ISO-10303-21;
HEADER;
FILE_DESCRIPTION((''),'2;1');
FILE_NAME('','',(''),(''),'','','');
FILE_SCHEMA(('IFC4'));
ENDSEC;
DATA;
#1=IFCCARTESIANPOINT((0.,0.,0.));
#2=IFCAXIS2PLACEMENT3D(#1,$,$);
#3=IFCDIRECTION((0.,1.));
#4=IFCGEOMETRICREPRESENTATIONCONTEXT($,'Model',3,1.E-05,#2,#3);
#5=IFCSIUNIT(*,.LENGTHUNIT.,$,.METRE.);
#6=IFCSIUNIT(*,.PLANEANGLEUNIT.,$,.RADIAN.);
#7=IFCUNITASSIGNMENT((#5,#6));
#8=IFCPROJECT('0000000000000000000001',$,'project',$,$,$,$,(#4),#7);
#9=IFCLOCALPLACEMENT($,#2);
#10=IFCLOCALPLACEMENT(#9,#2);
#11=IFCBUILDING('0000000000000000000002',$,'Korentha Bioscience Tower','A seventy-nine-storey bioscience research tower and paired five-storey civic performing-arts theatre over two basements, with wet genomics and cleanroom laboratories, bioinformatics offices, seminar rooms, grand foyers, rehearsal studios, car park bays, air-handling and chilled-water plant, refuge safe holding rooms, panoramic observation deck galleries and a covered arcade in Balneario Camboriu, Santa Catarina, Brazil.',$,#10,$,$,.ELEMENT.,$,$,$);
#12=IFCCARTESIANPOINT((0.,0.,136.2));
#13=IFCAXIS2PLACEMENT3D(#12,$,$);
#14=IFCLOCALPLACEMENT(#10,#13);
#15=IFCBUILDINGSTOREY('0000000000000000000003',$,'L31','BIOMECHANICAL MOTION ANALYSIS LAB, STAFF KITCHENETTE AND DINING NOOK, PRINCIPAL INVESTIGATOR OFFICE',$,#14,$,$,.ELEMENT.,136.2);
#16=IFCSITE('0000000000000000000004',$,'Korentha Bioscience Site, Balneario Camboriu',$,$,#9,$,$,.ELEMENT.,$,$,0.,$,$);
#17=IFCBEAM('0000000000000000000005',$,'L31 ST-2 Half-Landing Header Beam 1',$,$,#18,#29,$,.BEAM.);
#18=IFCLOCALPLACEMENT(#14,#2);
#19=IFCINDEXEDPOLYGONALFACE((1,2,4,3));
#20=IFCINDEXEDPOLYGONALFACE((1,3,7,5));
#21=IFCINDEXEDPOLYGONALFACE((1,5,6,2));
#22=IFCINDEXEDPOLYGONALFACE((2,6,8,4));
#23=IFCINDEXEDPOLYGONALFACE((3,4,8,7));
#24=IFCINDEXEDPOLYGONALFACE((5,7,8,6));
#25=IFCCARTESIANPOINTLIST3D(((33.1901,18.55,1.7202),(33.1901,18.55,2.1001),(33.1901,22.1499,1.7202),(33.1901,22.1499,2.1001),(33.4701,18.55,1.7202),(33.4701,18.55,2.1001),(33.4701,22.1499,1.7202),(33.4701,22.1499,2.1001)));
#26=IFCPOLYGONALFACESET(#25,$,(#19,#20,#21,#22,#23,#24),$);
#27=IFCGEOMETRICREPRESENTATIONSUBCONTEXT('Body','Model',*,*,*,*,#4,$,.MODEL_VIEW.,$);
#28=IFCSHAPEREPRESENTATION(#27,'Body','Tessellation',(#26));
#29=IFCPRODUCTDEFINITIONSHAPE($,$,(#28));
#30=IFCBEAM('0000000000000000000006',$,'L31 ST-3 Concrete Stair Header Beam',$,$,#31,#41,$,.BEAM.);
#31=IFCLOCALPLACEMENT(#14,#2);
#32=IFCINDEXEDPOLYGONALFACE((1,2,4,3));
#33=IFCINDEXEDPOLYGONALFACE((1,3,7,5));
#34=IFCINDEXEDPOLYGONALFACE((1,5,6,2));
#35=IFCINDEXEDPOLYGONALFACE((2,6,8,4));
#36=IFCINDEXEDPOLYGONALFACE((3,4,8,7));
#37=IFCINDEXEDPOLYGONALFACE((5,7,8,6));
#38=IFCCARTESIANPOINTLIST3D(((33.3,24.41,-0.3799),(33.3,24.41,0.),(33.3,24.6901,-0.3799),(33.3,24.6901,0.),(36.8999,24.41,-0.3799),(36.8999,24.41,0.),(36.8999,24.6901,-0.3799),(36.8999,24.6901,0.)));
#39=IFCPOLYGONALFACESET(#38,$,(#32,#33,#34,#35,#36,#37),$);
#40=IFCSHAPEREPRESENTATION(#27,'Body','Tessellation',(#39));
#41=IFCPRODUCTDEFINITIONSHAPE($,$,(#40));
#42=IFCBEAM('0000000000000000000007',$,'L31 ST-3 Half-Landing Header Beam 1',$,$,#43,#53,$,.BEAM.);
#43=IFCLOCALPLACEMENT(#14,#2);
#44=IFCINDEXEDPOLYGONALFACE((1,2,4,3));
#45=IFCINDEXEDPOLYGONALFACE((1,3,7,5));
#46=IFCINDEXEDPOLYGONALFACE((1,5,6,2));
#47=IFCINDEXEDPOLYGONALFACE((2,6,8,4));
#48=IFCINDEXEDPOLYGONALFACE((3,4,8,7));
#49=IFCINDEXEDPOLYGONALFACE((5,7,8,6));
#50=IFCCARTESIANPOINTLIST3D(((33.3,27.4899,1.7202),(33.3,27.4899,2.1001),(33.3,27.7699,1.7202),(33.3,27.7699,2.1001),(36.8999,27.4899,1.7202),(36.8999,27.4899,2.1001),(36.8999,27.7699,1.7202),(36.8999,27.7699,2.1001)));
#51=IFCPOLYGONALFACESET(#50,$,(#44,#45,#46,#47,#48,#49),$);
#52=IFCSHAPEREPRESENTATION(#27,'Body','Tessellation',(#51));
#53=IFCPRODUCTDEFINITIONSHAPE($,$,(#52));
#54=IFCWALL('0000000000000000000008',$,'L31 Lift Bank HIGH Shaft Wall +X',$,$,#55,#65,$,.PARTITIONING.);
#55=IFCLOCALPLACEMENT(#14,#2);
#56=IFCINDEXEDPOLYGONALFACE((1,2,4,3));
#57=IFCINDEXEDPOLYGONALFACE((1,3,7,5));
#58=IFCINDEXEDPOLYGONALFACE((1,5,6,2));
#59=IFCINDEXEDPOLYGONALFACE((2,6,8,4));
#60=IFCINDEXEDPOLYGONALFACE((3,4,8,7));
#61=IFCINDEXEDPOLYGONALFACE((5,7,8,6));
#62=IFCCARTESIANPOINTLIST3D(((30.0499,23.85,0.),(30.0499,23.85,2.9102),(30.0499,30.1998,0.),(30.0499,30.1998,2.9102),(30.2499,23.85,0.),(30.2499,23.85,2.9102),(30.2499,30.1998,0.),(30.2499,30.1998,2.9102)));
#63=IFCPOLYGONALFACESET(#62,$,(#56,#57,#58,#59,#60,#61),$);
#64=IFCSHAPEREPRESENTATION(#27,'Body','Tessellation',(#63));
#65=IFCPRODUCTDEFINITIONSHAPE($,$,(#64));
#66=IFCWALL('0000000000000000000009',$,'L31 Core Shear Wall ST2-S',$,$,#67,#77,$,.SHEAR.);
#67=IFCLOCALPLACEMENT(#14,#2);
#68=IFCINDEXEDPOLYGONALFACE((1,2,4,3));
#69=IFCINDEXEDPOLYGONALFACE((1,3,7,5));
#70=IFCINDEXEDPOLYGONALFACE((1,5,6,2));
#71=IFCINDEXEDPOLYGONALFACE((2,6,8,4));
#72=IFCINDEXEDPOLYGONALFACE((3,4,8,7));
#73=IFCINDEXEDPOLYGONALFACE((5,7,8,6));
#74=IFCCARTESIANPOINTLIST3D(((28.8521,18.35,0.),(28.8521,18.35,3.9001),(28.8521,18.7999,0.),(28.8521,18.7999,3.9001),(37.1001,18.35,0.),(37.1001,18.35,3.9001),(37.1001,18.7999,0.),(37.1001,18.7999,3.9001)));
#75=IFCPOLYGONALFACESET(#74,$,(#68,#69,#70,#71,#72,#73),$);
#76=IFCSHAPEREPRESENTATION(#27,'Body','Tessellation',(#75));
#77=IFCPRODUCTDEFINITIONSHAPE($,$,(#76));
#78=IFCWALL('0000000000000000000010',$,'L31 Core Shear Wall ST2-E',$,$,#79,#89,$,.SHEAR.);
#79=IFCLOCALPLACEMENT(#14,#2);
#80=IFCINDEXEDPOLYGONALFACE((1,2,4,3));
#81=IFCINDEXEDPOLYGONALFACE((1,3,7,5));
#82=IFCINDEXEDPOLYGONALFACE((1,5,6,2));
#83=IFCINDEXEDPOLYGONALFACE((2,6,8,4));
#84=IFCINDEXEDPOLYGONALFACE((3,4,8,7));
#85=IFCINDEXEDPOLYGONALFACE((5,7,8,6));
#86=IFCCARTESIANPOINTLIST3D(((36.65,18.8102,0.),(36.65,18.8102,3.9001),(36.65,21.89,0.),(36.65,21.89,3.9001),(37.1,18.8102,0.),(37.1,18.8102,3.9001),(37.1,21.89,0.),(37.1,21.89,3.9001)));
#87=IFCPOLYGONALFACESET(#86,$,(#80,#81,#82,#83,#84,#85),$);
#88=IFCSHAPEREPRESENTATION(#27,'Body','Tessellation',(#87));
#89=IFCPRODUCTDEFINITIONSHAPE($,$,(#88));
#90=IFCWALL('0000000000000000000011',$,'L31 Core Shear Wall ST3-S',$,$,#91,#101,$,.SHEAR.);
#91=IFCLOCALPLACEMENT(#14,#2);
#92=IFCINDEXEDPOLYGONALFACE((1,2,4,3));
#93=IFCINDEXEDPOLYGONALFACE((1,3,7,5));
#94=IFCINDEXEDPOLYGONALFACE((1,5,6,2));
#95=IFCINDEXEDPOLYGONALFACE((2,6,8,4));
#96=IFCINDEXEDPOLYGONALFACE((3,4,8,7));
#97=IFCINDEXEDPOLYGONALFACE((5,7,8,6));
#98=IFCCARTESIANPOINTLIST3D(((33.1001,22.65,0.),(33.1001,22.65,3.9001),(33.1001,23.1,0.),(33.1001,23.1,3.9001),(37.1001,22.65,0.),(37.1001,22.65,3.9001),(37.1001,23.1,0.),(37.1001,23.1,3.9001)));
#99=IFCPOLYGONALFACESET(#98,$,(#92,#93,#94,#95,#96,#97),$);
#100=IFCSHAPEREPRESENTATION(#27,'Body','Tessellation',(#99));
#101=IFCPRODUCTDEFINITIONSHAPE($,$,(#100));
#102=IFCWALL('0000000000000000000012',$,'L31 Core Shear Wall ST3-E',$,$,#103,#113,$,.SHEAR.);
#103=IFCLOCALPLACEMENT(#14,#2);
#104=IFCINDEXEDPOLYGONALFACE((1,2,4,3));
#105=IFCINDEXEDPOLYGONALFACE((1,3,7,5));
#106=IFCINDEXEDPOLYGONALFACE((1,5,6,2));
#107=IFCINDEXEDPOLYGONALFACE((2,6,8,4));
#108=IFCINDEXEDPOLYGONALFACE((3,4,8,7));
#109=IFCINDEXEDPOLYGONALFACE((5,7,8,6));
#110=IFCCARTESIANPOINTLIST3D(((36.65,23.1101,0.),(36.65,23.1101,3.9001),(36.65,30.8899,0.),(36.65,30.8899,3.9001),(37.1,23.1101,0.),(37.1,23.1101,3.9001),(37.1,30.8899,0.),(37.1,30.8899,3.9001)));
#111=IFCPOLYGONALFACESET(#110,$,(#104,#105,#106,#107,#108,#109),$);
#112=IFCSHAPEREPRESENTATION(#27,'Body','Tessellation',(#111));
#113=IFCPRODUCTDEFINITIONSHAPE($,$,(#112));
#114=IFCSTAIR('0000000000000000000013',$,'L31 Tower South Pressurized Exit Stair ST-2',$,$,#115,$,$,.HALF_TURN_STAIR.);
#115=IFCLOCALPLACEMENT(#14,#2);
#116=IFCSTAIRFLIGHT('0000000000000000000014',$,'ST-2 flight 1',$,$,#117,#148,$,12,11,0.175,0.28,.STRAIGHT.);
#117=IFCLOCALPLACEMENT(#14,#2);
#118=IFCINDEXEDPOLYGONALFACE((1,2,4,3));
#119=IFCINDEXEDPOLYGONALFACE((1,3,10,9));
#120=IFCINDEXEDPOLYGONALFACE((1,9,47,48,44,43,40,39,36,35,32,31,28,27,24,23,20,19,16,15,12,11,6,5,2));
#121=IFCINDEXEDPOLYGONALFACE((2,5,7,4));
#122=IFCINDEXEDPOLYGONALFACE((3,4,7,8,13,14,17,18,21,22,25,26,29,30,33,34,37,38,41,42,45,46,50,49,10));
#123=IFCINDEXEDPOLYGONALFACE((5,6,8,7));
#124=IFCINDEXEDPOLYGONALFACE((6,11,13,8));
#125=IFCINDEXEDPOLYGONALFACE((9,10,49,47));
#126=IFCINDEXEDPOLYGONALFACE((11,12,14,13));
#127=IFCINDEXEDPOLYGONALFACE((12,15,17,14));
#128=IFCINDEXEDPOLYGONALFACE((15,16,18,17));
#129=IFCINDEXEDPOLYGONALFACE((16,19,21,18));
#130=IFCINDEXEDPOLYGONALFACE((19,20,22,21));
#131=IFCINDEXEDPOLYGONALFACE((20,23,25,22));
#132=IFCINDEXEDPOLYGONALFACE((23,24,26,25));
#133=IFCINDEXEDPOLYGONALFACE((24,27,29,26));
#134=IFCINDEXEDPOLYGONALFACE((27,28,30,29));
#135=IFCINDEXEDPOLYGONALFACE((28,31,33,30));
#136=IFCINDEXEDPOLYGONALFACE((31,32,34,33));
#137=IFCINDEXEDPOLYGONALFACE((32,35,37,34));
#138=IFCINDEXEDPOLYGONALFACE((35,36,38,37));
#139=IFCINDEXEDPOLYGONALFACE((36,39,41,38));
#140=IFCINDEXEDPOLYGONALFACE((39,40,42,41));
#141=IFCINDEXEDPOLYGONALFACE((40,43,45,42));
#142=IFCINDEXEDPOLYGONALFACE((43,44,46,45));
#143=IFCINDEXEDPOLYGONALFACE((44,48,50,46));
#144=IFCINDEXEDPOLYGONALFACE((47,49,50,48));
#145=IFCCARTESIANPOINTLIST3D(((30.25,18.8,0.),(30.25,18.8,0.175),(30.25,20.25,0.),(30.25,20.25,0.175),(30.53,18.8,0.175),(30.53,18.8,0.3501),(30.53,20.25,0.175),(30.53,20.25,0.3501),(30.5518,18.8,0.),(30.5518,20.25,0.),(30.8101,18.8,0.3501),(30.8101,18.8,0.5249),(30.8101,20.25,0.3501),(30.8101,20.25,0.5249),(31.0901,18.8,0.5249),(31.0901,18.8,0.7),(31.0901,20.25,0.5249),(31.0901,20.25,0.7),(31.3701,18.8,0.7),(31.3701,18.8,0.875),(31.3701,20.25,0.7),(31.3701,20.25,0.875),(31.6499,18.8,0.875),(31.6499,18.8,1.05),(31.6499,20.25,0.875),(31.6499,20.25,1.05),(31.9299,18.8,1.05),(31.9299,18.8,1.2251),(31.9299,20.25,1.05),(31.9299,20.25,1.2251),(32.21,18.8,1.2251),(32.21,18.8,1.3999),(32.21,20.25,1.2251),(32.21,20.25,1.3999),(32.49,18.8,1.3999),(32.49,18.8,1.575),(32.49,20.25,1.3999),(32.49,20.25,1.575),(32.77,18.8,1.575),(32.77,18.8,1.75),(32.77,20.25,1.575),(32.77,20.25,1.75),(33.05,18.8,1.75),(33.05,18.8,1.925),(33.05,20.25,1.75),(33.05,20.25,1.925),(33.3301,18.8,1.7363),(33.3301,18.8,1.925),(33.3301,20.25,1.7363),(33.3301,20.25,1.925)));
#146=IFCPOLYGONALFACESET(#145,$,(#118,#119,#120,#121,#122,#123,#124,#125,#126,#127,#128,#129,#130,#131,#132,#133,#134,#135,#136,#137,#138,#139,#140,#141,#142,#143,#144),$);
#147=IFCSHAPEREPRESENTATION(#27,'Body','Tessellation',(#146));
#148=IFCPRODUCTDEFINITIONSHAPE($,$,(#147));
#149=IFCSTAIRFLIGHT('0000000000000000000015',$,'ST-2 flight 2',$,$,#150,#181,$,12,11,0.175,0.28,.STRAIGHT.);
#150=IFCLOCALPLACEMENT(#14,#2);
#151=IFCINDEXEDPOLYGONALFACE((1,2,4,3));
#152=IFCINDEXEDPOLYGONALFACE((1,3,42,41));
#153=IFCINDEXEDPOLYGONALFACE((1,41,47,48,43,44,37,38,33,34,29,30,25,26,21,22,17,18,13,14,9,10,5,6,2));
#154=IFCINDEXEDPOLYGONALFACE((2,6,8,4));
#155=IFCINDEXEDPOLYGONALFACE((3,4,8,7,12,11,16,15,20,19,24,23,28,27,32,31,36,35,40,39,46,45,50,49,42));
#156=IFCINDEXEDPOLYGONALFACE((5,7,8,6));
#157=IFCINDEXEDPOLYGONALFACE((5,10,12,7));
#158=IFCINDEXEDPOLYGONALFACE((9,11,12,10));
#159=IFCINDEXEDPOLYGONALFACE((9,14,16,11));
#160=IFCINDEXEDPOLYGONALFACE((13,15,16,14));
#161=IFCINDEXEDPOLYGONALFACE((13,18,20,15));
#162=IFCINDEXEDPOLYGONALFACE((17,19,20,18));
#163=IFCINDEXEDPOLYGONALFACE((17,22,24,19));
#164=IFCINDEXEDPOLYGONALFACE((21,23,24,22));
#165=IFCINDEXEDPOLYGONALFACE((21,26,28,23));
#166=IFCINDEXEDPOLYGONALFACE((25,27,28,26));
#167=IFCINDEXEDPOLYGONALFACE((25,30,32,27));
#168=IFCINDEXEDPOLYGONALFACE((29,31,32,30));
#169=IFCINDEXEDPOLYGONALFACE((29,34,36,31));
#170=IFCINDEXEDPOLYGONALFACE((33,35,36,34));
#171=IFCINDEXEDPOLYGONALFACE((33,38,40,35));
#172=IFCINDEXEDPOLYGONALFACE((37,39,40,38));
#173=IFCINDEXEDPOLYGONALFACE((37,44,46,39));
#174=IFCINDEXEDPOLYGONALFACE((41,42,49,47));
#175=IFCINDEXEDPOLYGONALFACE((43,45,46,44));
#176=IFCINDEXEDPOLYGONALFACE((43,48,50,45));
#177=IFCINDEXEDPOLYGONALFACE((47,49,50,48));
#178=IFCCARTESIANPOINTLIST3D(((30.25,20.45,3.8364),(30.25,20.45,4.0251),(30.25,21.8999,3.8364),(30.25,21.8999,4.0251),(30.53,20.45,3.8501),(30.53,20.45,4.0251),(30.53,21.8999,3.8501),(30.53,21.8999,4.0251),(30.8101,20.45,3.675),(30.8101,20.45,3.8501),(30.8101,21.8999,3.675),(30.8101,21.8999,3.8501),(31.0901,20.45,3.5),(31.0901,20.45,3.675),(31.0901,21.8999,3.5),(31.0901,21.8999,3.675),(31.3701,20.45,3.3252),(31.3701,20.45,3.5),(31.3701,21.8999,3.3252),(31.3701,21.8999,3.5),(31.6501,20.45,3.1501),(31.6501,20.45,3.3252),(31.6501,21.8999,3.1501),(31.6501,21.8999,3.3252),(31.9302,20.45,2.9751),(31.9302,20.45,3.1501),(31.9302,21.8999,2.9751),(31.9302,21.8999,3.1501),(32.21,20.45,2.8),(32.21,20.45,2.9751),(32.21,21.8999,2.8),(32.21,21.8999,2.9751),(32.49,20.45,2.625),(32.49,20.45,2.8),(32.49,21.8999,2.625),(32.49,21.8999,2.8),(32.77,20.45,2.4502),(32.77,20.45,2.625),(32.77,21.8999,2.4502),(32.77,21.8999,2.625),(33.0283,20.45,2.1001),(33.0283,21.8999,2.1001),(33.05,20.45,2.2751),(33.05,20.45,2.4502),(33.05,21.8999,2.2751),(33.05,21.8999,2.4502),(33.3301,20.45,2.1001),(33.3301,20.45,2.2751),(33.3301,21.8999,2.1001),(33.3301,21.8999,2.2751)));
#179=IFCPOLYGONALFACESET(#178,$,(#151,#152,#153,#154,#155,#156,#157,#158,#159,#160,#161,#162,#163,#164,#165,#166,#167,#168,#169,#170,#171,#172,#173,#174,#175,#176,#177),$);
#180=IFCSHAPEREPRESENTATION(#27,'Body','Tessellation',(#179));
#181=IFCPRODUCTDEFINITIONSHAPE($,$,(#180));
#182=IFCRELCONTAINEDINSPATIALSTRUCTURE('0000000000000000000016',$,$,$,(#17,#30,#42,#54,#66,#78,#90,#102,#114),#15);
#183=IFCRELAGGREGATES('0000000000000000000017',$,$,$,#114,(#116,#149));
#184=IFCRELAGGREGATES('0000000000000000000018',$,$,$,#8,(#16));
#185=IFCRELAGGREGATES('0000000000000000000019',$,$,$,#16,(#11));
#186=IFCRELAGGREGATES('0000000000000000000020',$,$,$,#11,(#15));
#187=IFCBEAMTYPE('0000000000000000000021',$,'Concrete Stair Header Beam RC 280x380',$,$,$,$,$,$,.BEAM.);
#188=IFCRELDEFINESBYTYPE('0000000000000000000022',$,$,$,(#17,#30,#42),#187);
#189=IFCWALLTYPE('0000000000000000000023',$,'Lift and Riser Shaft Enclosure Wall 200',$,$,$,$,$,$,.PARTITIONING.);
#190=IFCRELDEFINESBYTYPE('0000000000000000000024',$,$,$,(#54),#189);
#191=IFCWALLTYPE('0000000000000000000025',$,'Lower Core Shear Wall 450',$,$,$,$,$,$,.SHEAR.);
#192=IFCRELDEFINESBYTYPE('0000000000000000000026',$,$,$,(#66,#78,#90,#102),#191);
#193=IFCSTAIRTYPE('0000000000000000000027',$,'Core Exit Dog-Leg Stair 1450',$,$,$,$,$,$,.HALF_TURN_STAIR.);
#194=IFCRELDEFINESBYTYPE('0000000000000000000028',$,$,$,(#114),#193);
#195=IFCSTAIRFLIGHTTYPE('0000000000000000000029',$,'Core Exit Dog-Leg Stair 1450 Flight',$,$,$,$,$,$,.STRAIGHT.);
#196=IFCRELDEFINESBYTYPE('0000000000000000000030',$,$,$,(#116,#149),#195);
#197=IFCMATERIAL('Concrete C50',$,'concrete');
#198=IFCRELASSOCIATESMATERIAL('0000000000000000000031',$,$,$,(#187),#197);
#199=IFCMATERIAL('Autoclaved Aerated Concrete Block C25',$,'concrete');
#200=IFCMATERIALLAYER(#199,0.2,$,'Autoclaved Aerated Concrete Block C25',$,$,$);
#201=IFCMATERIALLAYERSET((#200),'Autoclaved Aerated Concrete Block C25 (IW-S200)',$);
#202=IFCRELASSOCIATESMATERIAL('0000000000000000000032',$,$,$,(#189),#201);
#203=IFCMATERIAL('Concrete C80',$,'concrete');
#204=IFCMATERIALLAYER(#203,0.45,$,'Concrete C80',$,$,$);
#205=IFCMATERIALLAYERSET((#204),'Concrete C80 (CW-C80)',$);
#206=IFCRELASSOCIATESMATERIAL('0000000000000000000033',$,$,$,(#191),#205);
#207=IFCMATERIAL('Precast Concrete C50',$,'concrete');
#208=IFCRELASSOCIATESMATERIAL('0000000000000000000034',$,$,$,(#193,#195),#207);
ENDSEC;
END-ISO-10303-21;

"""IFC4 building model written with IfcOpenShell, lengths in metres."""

from ifc_helpers import new_model, si_unit, direction, frame, frame_2d, origin, origin_2d, place, context, subcontext, project, spatial, polyline, rectangle, outline, extrude, material, layer, layer_set, material_profile, profile_set, type_object, element, aggregate, save


model = new_model("IFC4")

# Units and contexts
model_context = context("Model", 3, precision=1e-05, world=origin(), true_north=direction((0.0, 1.0)))
body_context = subcontext(model_context, "Body", "Model", "MODEL_VIEW")
ifc_project = project(units=[si_unit("LENGTHUNIT", "METRE"), si_unit("PLANEANGLEUNIT", "RADIAN")], contexts=[model_context])

# Site, building, storey
site_placement = place(None, origin())
site = spatial("IfcSite", under=ifc_project, at=site_placement, Name="Korentha Bioscience Site, Balneario Camboriu", CompositionType="ELEMENT", RefElevation=0.0)
building_placement = place(site_placement, origin())
building = spatial("IfcBuilding", under=site, at=building_placement, Name="Korentha Bioscience Tower", Description="A seventy-nine-storey bioscience research tower and paired five-storey civic performing-arts theatre over two basements, with wet genomics and cleanroom laboratories, bioinformatics offices, seminar rooms, grand foyers, rehearsal studios, car park bays, air-handling and chilled-water plant, refuge safe holding rooms, panoramic observation deck galleries and a covered arcade in Balneario Camboriu, Santa Catarina, Brazil.", CompositionType="ELEMENT")
storey_placement = place(building_placement, frame((0.0, 0.0, 136.2)))
storey = spatial("IfcBuildingStorey", under=building, at=storey_placement, Name="L31", Description="BIOMECHANICAL MOTION ANALYSIS LAB, STAFF KITCHENETTE AND DINING NOOK, PRINCIPAL INVESTIGATOR OFFICE", CompositionType="ELEMENT", Elevation=136.2)

# Beams
ifc_material_1 = material(Name="Concrete C50", Category="concrete")
ifc_material_profile = material_profile(ifc_material_1, rectangle(XDim=0.28, YDim=0.3799, at=origin_2d()), Name="Concrete C50")
ifc_profile_set = profile_set([ifc_material_profile], Name="Concrete C50 (ST-HB380)")
beam_type = type_object("IfcBeamType", Name="Concrete Stair Header Beam RC 280x380", PredefinedType="BEAM", material=ifc_profile_set)
for number, where, z_axis, x_axis, name in (
    (1, (33.3301, 18.55, 1.9102), (0.0, 1.0, 0.0), (-1.0, 0.0, 0.0), "L31 ST-2 Half-Landing Header Beam 1"),
    (2, (36.8999, 24.55, -0.1899), (-1.0, 0.0, 0.0), (0.0, -1.0, 0.0), "L31 ST-3 Concrete Stair Header Beam"),
    (3, (36.8999, 27.6299, 1.9102), (-1.0, 0.0, 0.0), (0.0, -1.0, 0.0), "L31 ST-3 Half-Landing Header Beam 1"),
):
    element("IfcBeam", number, at=place(storey_placement, frame(where, z_axis=z_axis, x_axis=x_axis)), inside=storey, type_object=beam_type, Name=name, PredefinedType="BEAM", context=body_context, shape_type="SweptSolid", body=[
        extrude(rectangle(XDim=0.28, YDim=0.3799, at=origin_2d()), origin(), (0.0, 0.0, 1.0), 3.5999),
    ])

# Walls
ifc_material_2 = material(Name="Autoclaved Aerated Concrete Block C25", Category="concrete")
ifc_layer_1 = layer(ifc_material_2, 0.2, Name="Autoclaved Aerated Concrete Block C25")
ifc_layer_set_1 = layer_set([ifc_layer_1], Name="Autoclaved Aerated Concrete Block C25 (IW-S200)")
wall_type_1 = type_object("IfcWallType", Name="Lift and Riser Shaft Enclosure Wall 200", PredefinedType="PARTITIONING", material=ifc_layer_set_1)
wall_1_placement = place(storey_placement, frame((30.1499, 23.8501, 0.0), z_axis=(0.0, 0.0, 1.0), x_axis=(0.0, 1.0, 0.0)))
element("IfcWall", 4, at=wall_1_placement, inside=storey, type_object=wall_type_1, Name="L31 Lift Bank HIGH Shaft Wall +X", PredefinedType="PARTITIONING", context=body_context, shape_type="SweptSolid", body=[
    extrude(rectangle(XDim=6.3499, YDim=0.2, at=frame_2d((3.1748, 0.0))), origin(), (0.0, 0.0, 1.0), 2.9102),
])
ifc_material_3 = material(Name="Concrete C80", Category="concrete")
ifc_layer_2 = layer(ifc_material_3, 0.45, Name="Concrete C80")
ifc_layer_set_2 = layer_set([ifc_layer_2], Name="Concrete C80 (CW-C80)")
wall_type_2 = type_object("IfcWallType", Name="Lower Core Shear Wall 450", PredefinedType="SHEAR", material=ifc_layer_set_2)
wall_2_placement = place(storey_placement, frame((28.8521, 18.575, 0.0), z_axis=(0.0, 0.0, 1.0), x_axis=(1.0, 0.0, 0.0)))
element("IfcWall", 5, at=wall_2_placement, inside=storey, type_object=wall_type_2, Name="L31 Core Shear Wall ST2-S", PredefinedType="SHEAR", context=body_context, shape_type="SweptSolid", body=[
    extrude(rectangle(XDim=8.248, YDim=0.45, at=frame_2d((4.124, 0.0))), origin(), (0.0, 0.0, 1.0), 3.9001),
])
wall_3_placement = place(storey_placement, frame((36.875, 18.8101, 0.0), z_axis=(0.0, 0.0, 1.0), x_axis=(0.0, 1.0, 0.0)))
element("IfcWall", 6, at=wall_3_placement, inside=storey, type_object=wall_type_2, Name="L31 Core Shear Wall ST2-E", PredefinedType="SHEAR", context=body_context, shape_type="SweptSolid", body=[
    extrude(rectangle(XDim=3.0798, YDim=0.45, at=frame_2d((1.54, 0.0))), origin(), (0.0, 0.0, 1.0), 3.9001),
])
wall_4_placement = place(storey_placement, frame((33.1001, 22.875, 0.0), z_axis=(0.0, 0.0, 1.0), x_axis=(1.0, 0.0, 0.0)))
element("IfcWall", 7, at=wall_4_placement, inside=storey, type_object=wall_type_2, Name="L31 Core Shear Wall ST3-S", PredefinedType="SHEAR", context=body_context, shape_type="SweptSolid", body=[
    extrude(rectangle(XDim=4.0, YDim=0.45, at=frame_2d((2.0, 0.0))), origin(), (0.0, 0.0, 1.0), 3.9001),
])
wall_5_placement = place(storey_placement, frame((36.875, 23.1101, 0.0), z_axis=(0.0, 0.0, 1.0), x_axis=(0.0, 1.0, 0.0)))
element("IfcWall", 8, at=wall_5_placement, inside=storey, type_object=wall_type_2, Name="L31 Core Shear Wall ST3-E", PredefinedType="SHEAR", context=body_context, shape_type="SweptSolid", body=[
    extrude(rectangle(XDim=7.7798, YDim=0.45, at=frame_2d((3.8899, 0.0))), origin(), (0.0, 0.0, 1.0), 3.9001),
])

# Stair, stair flights
ifc_material_4 = material(Name="Precast Concrete C50", Category="concrete")
stair_type = type_object("IfcStairType", Name="Core Exit Dog-Leg Stair 1450", PredefinedType="HALF_TURN_STAIR", material=ifc_material_4)
stair_1_placement = place(storey_placement, origin())
stair_1 = element("IfcStair", 9, at=stair_1_placement, inside=storey, type_object=stair_type, Name="L31 Tower South Pressurized Exit Stair ST-2", PredefinedType="HALF_TURN_STAIR")
stair_flight_type = type_object("IfcStairFlightType", Name="Core Exit Dog-Leg Stair 1450 Flight", PredefinedType="STRAIGHT", material=ifc_material_4)
stair_flight_1_placement = place(storey_placement, frame((30.25, 19.5249, 0.0), z_axis=(0.0, 0.0, 1.0), x_axis=(1.0, 0.0, 0.0)))
stair_flight_1 = element("IfcStairFlight", 10, at=stair_flight_1_placement, type_object=stair_flight_type, Name="ST-2 flight 1", NumberOfRisers=12, NumberOfTreads=11, PredefinedType="STRAIGHT", RiserHeight=0.175, TreadLength=0.28, context=body_context, shape_type="SweptSolid", body=[
    extrude(outline(polyline([(0.0, 0.0), (0.0, 0.175), (0.28, 0.175), (0.28, 0.3501), (0.5601, 0.3501), (0.5601, 0.5249), (0.8401, 0.5249), (0.8401, 0.7), (1.1201, 0.7), (1.1201, 0.875), (1.3999, 0.875), (1.3999, 1.05), (1.6799, 1.05), (1.6799, 1.2251), (1.96, 1.2251), (1.96, 1.3999), (2.24, 1.3999), (2.24, 1.575), (2.52, 1.575), (2.52, 1.75), (2.8, 1.75), (2.8, 1.925), (3.0801, 1.925), (3.0801, 2.1001), (3.0801, 1.7363), (0.3018, 0.0), (0.0, 0.0)])), frame((0.0, 0.7251, 0.0), z_axis=(0.0, -1.0, 0.0), x_axis=(1.0, 0.0, 0.0)), (0.0, 0.0, 1.0), 1.45),
])
stair_flight_2_placement = place(storey_placement, frame((33.3301, 21.175, 2.1001), z_axis=(0.0, 0.0, 1.0), x_axis=(-1.0, 0.0, 0.0)))
stair_flight_2 = element("IfcStairFlight", 11, at=stair_flight_2_placement, type_object=stair_flight_type, Name="ST-2 flight 2", NumberOfRisers=12, NumberOfTreads=11, PredefinedType="STRAIGHT", RiserHeight=0.175, TreadLength=0.28, context=body_context, shape_type="SweptSolid", body=[
    extrude(outline(polyline([(0.0, 0.0), (0.0, 0.175), (0.28, 0.175), (0.28, 0.3501), (0.5601, 0.3501), (0.5601, 0.5249), (0.8401, 0.5249), (0.8401, 0.7), (1.1201, 0.7), (1.1201, 0.875), (1.3999, 0.875), (1.3999, 1.05), (1.6799, 1.05), (1.6799, 1.2251), (1.96, 1.2251), (1.96, 1.3999), (2.24, 1.3999), (2.24, 1.575), (2.52, 1.575), (2.52, 1.75), (2.8, 1.75), (2.8, 1.925), (3.0801, 1.925), (3.0801, 2.1001), (3.0801, 1.7363), (0.3018, 0.0), (0.0, 0.0)])), frame((0.0, 0.7251, 0.0), z_axis=(0.0, -1.0, 0.0), x_axis=(1.0, 0.0, 0.0)), (0.0, 0.0, 1.0), 1.45),
])
aggregate(stair_1, [stair_flight_1, stair_flight_2])

save(model, "model.ifc")
